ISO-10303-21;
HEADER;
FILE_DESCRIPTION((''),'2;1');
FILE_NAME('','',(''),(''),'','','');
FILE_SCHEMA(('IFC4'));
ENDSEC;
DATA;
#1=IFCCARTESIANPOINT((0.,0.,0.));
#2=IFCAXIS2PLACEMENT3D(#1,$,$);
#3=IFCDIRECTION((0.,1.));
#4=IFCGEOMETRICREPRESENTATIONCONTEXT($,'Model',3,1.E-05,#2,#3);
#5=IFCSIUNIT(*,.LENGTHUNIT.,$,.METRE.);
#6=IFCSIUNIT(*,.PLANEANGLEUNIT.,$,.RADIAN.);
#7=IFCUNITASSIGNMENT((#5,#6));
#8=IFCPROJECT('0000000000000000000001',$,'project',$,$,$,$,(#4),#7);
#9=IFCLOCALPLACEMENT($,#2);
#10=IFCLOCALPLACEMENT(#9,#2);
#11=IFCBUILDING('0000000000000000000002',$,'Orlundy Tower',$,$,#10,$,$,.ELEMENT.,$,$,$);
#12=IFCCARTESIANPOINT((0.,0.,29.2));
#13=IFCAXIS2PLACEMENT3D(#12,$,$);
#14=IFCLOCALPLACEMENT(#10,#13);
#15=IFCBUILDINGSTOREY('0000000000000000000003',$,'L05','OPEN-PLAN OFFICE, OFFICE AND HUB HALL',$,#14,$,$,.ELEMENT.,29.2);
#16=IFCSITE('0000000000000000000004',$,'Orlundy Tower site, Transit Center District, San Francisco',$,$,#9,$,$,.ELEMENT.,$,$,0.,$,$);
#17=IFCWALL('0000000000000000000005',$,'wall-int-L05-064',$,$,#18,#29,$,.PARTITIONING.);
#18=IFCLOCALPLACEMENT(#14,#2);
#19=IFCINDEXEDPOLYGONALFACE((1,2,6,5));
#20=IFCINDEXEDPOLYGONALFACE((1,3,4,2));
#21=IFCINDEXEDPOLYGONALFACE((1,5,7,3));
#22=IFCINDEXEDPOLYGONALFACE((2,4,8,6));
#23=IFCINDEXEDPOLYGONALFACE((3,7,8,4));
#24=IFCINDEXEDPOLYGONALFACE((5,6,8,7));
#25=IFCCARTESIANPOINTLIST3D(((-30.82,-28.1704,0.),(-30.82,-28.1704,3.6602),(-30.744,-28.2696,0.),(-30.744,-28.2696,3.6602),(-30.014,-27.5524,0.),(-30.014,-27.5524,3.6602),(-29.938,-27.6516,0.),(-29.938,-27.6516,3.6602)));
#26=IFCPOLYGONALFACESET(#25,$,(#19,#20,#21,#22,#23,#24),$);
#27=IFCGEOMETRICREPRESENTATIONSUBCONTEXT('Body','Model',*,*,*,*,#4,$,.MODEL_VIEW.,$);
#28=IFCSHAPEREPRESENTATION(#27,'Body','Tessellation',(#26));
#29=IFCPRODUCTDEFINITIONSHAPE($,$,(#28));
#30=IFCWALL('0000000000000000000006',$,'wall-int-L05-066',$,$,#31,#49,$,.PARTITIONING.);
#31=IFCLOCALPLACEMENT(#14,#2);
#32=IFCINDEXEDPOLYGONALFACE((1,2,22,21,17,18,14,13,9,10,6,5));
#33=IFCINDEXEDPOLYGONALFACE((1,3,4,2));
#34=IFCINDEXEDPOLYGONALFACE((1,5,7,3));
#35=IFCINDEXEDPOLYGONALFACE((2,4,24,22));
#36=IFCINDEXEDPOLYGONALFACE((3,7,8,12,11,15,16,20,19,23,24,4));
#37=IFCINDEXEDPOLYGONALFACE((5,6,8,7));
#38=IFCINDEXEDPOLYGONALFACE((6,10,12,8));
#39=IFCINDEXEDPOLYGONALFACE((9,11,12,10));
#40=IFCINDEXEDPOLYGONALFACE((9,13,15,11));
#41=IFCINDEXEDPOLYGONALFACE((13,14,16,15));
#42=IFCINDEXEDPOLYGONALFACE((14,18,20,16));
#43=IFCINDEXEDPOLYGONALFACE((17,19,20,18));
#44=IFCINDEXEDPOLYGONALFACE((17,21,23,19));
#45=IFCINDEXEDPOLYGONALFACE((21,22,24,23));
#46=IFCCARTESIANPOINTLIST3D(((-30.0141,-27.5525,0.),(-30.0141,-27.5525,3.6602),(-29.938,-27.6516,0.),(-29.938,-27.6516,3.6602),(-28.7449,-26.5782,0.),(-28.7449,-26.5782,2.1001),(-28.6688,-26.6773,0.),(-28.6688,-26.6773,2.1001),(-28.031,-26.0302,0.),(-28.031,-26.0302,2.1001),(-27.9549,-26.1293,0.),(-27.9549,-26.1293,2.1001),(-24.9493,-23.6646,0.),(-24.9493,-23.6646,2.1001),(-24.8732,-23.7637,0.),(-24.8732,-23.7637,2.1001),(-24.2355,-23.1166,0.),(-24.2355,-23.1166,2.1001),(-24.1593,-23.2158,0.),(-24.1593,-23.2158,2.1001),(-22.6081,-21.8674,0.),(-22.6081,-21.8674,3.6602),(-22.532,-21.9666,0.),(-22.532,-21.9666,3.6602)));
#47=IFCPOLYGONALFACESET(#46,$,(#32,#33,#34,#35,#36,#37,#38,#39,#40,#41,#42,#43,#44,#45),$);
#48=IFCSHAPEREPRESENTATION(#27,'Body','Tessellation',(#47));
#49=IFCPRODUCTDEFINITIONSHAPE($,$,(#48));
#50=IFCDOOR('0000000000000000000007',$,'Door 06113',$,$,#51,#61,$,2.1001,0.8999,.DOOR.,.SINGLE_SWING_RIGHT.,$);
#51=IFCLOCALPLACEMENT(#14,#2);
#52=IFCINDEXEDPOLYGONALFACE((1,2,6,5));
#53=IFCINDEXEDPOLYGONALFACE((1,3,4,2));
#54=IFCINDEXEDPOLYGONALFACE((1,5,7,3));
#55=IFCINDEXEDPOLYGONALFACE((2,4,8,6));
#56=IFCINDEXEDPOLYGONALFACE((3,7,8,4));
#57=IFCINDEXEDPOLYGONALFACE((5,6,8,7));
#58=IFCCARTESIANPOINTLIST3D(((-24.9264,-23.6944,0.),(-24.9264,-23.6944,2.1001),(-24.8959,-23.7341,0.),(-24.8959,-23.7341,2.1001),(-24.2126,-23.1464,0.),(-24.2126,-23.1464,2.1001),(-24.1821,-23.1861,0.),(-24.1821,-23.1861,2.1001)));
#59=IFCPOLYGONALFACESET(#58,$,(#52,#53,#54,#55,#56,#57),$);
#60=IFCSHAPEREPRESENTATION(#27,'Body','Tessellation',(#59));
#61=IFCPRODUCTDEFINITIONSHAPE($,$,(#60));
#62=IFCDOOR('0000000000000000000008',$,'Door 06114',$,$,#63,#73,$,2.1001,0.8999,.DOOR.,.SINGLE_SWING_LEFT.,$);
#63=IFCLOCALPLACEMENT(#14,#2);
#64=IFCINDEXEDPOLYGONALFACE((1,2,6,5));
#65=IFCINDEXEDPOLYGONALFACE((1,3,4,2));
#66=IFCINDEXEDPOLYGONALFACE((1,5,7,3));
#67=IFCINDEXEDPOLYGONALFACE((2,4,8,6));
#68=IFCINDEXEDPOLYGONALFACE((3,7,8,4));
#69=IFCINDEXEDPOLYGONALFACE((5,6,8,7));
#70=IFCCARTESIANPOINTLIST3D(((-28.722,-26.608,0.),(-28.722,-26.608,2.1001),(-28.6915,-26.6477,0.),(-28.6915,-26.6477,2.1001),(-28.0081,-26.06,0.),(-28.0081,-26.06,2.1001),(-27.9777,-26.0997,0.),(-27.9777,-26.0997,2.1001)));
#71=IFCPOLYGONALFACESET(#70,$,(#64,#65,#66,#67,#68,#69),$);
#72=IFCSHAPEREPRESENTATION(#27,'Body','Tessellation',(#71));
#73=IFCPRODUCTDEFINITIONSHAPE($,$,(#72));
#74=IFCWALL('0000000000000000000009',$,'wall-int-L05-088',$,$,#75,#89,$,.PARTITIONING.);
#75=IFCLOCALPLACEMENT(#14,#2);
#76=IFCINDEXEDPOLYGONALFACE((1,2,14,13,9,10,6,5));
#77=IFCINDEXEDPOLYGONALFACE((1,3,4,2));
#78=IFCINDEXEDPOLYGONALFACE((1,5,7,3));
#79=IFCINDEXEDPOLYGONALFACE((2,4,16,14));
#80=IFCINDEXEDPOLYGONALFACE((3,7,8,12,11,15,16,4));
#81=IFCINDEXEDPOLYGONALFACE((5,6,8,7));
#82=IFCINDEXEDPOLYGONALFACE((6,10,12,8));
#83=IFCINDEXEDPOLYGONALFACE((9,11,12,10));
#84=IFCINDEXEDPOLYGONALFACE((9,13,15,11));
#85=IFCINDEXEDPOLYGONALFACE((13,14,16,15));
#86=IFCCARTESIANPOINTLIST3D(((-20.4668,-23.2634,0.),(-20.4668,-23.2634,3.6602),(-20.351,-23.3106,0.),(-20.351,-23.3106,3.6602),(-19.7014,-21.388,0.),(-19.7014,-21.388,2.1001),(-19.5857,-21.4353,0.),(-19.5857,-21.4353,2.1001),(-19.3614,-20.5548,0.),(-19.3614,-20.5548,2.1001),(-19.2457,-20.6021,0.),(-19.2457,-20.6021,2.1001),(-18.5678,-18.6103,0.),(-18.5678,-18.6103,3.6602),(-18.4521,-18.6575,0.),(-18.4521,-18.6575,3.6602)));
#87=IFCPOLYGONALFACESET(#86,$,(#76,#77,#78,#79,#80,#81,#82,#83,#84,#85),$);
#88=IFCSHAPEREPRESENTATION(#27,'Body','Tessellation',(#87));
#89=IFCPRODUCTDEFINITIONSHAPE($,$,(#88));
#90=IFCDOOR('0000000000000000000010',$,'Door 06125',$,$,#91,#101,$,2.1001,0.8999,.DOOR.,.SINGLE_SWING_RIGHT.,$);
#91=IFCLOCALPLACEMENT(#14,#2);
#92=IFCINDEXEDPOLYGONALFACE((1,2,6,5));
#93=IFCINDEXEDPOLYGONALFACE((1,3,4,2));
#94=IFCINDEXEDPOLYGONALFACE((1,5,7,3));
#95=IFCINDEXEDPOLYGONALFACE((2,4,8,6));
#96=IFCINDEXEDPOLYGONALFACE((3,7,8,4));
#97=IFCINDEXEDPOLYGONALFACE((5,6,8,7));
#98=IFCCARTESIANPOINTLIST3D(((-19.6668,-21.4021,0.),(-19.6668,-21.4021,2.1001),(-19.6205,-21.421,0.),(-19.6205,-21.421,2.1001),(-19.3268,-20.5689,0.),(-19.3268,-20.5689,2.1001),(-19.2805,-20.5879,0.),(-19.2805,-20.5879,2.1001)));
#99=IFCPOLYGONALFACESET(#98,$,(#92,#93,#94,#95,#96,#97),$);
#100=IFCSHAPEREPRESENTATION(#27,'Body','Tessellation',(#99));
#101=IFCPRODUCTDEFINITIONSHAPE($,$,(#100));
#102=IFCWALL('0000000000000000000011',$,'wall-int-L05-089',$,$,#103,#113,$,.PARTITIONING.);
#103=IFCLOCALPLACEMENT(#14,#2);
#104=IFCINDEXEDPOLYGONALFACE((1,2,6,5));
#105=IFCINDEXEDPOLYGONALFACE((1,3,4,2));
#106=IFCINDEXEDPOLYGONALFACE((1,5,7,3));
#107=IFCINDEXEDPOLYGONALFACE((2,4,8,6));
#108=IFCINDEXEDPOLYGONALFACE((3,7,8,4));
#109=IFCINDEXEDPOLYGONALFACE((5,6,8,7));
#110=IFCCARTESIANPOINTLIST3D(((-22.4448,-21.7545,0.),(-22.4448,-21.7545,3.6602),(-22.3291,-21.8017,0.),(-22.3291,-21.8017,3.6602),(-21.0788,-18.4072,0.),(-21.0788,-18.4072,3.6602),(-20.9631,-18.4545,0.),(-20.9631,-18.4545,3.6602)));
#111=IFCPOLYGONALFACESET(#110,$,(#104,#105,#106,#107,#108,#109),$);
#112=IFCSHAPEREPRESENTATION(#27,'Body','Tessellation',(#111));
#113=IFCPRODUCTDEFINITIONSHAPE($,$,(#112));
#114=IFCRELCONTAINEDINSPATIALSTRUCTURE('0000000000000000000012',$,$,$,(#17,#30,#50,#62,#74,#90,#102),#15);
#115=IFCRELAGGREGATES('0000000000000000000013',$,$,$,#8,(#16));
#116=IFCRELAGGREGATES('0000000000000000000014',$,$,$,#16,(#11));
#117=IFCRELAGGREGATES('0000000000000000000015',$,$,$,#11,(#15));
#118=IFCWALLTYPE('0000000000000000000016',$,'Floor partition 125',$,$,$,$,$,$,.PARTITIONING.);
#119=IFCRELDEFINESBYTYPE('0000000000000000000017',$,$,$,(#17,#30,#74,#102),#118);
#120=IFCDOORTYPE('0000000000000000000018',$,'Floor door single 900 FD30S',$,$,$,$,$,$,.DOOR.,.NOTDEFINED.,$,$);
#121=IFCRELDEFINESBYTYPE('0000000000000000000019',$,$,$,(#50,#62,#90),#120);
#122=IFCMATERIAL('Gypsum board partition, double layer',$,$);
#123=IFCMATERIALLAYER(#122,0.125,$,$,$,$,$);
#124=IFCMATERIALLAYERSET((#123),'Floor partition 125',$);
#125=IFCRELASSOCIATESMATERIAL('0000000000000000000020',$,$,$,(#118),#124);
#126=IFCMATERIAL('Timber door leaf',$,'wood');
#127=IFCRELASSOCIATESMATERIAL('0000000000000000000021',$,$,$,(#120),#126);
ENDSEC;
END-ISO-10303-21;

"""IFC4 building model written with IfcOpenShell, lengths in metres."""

from ifc_helpers import new_model, si_unit, direction, frame, frame_2d, origin, place, context, subcontext, project, spatial, rectangle, extrude, material, layer, layer_set, type_object, element, fill, save


model = new_model("IFC4")

# Units and contexts
model_context = context("Model", 3, precision=1e-05, world=origin(), true_north=direction((0.0, 1.0)))
body_context = subcontext(model_context, "Body", "Model", "MODEL_VIEW")
ifc_project = project(units=[si_unit("LENGTHUNIT", "METRE"), si_unit("PLANEANGLEUNIT", "RADIAN")], contexts=[model_context])

# Site, building, storey
site_placement = place(None, origin())
site = spatial("IfcSite", under=ifc_project, at=site_placement, Name="Orlundy Tower site, Transit Center District, San Francisco", CompositionType="ELEMENT", RefElevation=0.0)
building_placement = place(site_placement, origin())
building = spatial("IfcBuilding", under=site, at=building_placement, Name="Orlundy Tower", CompositionType="ELEMENT")
storey_placement = place(building_placement, frame((0.0, 0.0, 29.2)))
storey = spatial("IfcBuildingStorey", under=building, at=storey_placement, Name="L05", Description="OPEN-PLAN OFFICE, OFFICE AND HUB HALL", CompositionType="ELEMENT", Elevation=29.2)

# Shared definitions
ifc_material_1 = material(Name="Gypsum board partition, double layer")
ifc_layer_1 = layer(ifc_material_1, 0.125)
ifc_layer_set_1 = layer_set([ifc_layer_1], Name="Floor partition 125")
wall_type_1 = type_object("IfcWallType", Name="Floor partition 125", PredefinedType="PARTITIONING", material=ifc_layer_set_1)

# Shared definitions
ifc_material_2 = material(Name="Timber door leaf", Category="wood")
door_type = type_object("IfcDoorType", Name="Floor door single 900 FD30S", OperationType="NOTDEFINED", PredefinedType="DOOR", material=ifc_material_2)

# Wall
wall_1_placement = place(storey_placement, frame((-30.782, -28.22, 0.0), z_axis=(0.0, 0.0, 1.0), x_axis=(0.793579, 0.608467, 0.0)))
element("IfcWall", 1, at=wall_1_placement, inside=storey, type_object=wall_type_1, Name="wall-int-L05-064", PredefinedType="PARTITIONING", context=body_context, shape_type="SweptSolid", body=[
    extrude(rectangle(XDim=1.0156, YDim=0.125, at=frame_2d((0.5078, 0.0))), origin(), (0.0, 0.0, 1.0), 3.6602),
])

# Wall, openings, doors
wall_2_placement = place(storey_placement, frame((-29.9761, -27.6021, 0.0), z_axis=(0.0, 0.0, 1.0), x_axis=(0.793238, 0.608912, 0.0)))
wall_2 = element("IfcWall", 2, at=wall_2_placement, inside=storey, type_object=wall_type_1, Name="wall-int-L05-066", PredefinedType="PARTITIONING", context=body_context, shape_type="SweptSolid", body=[
    extrude(rectangle(XDim=9.3364, YDim=0.125, at=frame_2d((4.6682, 0.0))), origin(), (0.0, 0.0, 1.0), 3.6602),
])
opening_1_placement = place(wall_2_placement, frame((6.385, 0.0, 0.0)))
opening_1 = element("IfcOpeningElement", 3, at=opening_1_placement, cuts=wall_2, PredefinedType="OPENING", context=body_context, shape_type="SweptSolid", body=[
    extrude(rectangle(XDim=0.8999, YDim=2.1001, at=frame_2d((0.45, 1.05))), frame((0.0, 0.0725, 0.0), z_axis=(0.0, -1.0, 0.0), x_axis=(1.0, 0.0, 0.0)), (0.0, 0.0, 1.0), 0.145),
])
opening_2_placement = place(wall_2_placement, frame((1.6001, 0.0, 0.0)))
opening_2 = element("IfcOpeningElement", 4, at=opening_2_placement, cuts=wall_2, PredefinedType="OPENING", context=body_context, shape_type="SweptSolid", body=[
    extrude(rectangle(XDim=0.8999, YDim=2.1001, at=frame_2d((0.45, 1.05))), frame((0.0, 0.0725, 0.0), z_axis=(0.0, -1.0, 0.0), x_axis=(1.0, 0.0, 0.0)), (0.0, 0.0, 1.0), 0.145),
])
door_1_placement = place(opening_1_placement, origin())
door_1 = element("IfcDoor", 5, at=door_1_placement, inside=storey, type_object=door_type, Name="Door 06113", OperationType="SINGLE_SWING_RIGHT", OverallHeight=2.1001, OverallWidth=0.8999, PredefinedType="DOOR", context=body_context, shape_type="SweptSolid", body=[
    extrude(rectangle(XDim=0.8999, YDim=2.1001, at=frame_2d((0.45, 1.05))), frame((0.0, 0.0249, 0.0), z_axis=(0.0, -1.0, 0.0), x_axis=(1.0, 0.0, 0.0)), (0.0, 0.0, 1.0), 0.05),
])
fill(opening_1, door_1)
door_2_placement = place(opening_2_placement, origin())
door_2 = element("IfcDoor", 6, at=door_2_placement, inside=storey, type_object=door_type, Name="Door 06114", OperationType="SINGLE_SWING_LEFT", OverallHeight=2.1001, OverallWidth=0.8999, PredefinedType="DOOR", context=body_context, shape_type="SweptSolid", body=[
    extrude(rectangle(XDim=0.8999, YDim=2.1001, at=frame_2d((0.45, 1.05))), frame((0.0, 0.0249, 0.0), z_axis=(0.0, -1.0, 0.0), x_axis=(1.0, 0.0, 0.0)), (0.0, 0.0, 1.0), 0.05),
])
fill(opening_2, door_2)

# Wall, opening, door
wall_3_placement = place(storey_placement, frame((-18.51, -18.634, 0.0), z_axis=(0.0, 0.0, 1.0), x_axis=(-0.377848, -0.925868, 0.0)))
wall_3 = element("IfcWall", 7, at=wall_3_placement, inside=storey, type_object=wall_type_1, Name="wall-int-L05-088", PredefinedType="PARTITIONING", context=body_context, shape_type="SweptSolid", body=[
    extrude(rectangle(XDim=5.0256, YDim=0.125, at=frame_2d((2.5127, 0.0))), origin(), (0.0, 0.0, 1.0), 3.6602),
])
opening_3_placement = place(wall_3_placement, frame((2.1001, 0.0, 0.0)))
opening_3 = element("IfcOpeningElement", 8, at=opening_3_placement, cuts=wall_3, PredefinedType="OPENING", context=body_context, shape_type="SweptSolid", body=[
    extrude(rectangle(XDim=0.8999, YDim=2.1001, at=frame_2d((0.45, 1.05))), frame((0.0, 0.0725, 0.0), z_axis=(0.0, -1.0, 0.0), x_axis=(1.0, 0.0, 0.0)), (0.0, 0.0, 1.0), 0.145),
])
door_3_placement = place(opening_3_placement, origin())
door_3 = element("IfcDoor", 9, at=door_3_placement, inside=storey, type_object=door_type, Name="Door 06125", OperationType="SINGLE_SWING_RIGHT", OverallHeight=2.1001, OverallWidth=0.8999, PredefinedType="DOOR", context=body_context, shape_type="SweptSolid", body=[
    extrude(rectangle(XDim=0.8999, YDim=2.1001, at=frame_2d((0.45, 1.05))), frame((0.0, 0.0249, 0.0), z_axis=(0.0, -1.0, 0.0), x_axis=(1.0, 0.0, 0.0)), (0.0, 0.0, 1.0), 0.05),
])
fill(opening_3, door_3)

# Wall
wall_4_placement = place(storey_placement, frame((-22.387, -21.7781, 0.0), z_axis=(0.0, 0.0, 1.0), x_axis=(0.377844, 0.925869, 0.0)))
element("IfcWall", 10, at=wall_4_placement, inside=storey, type_object=wall_type_1, Name="wall-int-L05-089", PredefinedType="PARTITIONING", context=body_context, shape_type="SweptSolid", body=[
    extrude(rectangle(XDim=3.6152, YDim=0.125, at=frame_2d((1.8076, 0.0))), origin(), (0.0, 0.0, 1.0), 3.6602),
])

save(model, "model.ifc")
